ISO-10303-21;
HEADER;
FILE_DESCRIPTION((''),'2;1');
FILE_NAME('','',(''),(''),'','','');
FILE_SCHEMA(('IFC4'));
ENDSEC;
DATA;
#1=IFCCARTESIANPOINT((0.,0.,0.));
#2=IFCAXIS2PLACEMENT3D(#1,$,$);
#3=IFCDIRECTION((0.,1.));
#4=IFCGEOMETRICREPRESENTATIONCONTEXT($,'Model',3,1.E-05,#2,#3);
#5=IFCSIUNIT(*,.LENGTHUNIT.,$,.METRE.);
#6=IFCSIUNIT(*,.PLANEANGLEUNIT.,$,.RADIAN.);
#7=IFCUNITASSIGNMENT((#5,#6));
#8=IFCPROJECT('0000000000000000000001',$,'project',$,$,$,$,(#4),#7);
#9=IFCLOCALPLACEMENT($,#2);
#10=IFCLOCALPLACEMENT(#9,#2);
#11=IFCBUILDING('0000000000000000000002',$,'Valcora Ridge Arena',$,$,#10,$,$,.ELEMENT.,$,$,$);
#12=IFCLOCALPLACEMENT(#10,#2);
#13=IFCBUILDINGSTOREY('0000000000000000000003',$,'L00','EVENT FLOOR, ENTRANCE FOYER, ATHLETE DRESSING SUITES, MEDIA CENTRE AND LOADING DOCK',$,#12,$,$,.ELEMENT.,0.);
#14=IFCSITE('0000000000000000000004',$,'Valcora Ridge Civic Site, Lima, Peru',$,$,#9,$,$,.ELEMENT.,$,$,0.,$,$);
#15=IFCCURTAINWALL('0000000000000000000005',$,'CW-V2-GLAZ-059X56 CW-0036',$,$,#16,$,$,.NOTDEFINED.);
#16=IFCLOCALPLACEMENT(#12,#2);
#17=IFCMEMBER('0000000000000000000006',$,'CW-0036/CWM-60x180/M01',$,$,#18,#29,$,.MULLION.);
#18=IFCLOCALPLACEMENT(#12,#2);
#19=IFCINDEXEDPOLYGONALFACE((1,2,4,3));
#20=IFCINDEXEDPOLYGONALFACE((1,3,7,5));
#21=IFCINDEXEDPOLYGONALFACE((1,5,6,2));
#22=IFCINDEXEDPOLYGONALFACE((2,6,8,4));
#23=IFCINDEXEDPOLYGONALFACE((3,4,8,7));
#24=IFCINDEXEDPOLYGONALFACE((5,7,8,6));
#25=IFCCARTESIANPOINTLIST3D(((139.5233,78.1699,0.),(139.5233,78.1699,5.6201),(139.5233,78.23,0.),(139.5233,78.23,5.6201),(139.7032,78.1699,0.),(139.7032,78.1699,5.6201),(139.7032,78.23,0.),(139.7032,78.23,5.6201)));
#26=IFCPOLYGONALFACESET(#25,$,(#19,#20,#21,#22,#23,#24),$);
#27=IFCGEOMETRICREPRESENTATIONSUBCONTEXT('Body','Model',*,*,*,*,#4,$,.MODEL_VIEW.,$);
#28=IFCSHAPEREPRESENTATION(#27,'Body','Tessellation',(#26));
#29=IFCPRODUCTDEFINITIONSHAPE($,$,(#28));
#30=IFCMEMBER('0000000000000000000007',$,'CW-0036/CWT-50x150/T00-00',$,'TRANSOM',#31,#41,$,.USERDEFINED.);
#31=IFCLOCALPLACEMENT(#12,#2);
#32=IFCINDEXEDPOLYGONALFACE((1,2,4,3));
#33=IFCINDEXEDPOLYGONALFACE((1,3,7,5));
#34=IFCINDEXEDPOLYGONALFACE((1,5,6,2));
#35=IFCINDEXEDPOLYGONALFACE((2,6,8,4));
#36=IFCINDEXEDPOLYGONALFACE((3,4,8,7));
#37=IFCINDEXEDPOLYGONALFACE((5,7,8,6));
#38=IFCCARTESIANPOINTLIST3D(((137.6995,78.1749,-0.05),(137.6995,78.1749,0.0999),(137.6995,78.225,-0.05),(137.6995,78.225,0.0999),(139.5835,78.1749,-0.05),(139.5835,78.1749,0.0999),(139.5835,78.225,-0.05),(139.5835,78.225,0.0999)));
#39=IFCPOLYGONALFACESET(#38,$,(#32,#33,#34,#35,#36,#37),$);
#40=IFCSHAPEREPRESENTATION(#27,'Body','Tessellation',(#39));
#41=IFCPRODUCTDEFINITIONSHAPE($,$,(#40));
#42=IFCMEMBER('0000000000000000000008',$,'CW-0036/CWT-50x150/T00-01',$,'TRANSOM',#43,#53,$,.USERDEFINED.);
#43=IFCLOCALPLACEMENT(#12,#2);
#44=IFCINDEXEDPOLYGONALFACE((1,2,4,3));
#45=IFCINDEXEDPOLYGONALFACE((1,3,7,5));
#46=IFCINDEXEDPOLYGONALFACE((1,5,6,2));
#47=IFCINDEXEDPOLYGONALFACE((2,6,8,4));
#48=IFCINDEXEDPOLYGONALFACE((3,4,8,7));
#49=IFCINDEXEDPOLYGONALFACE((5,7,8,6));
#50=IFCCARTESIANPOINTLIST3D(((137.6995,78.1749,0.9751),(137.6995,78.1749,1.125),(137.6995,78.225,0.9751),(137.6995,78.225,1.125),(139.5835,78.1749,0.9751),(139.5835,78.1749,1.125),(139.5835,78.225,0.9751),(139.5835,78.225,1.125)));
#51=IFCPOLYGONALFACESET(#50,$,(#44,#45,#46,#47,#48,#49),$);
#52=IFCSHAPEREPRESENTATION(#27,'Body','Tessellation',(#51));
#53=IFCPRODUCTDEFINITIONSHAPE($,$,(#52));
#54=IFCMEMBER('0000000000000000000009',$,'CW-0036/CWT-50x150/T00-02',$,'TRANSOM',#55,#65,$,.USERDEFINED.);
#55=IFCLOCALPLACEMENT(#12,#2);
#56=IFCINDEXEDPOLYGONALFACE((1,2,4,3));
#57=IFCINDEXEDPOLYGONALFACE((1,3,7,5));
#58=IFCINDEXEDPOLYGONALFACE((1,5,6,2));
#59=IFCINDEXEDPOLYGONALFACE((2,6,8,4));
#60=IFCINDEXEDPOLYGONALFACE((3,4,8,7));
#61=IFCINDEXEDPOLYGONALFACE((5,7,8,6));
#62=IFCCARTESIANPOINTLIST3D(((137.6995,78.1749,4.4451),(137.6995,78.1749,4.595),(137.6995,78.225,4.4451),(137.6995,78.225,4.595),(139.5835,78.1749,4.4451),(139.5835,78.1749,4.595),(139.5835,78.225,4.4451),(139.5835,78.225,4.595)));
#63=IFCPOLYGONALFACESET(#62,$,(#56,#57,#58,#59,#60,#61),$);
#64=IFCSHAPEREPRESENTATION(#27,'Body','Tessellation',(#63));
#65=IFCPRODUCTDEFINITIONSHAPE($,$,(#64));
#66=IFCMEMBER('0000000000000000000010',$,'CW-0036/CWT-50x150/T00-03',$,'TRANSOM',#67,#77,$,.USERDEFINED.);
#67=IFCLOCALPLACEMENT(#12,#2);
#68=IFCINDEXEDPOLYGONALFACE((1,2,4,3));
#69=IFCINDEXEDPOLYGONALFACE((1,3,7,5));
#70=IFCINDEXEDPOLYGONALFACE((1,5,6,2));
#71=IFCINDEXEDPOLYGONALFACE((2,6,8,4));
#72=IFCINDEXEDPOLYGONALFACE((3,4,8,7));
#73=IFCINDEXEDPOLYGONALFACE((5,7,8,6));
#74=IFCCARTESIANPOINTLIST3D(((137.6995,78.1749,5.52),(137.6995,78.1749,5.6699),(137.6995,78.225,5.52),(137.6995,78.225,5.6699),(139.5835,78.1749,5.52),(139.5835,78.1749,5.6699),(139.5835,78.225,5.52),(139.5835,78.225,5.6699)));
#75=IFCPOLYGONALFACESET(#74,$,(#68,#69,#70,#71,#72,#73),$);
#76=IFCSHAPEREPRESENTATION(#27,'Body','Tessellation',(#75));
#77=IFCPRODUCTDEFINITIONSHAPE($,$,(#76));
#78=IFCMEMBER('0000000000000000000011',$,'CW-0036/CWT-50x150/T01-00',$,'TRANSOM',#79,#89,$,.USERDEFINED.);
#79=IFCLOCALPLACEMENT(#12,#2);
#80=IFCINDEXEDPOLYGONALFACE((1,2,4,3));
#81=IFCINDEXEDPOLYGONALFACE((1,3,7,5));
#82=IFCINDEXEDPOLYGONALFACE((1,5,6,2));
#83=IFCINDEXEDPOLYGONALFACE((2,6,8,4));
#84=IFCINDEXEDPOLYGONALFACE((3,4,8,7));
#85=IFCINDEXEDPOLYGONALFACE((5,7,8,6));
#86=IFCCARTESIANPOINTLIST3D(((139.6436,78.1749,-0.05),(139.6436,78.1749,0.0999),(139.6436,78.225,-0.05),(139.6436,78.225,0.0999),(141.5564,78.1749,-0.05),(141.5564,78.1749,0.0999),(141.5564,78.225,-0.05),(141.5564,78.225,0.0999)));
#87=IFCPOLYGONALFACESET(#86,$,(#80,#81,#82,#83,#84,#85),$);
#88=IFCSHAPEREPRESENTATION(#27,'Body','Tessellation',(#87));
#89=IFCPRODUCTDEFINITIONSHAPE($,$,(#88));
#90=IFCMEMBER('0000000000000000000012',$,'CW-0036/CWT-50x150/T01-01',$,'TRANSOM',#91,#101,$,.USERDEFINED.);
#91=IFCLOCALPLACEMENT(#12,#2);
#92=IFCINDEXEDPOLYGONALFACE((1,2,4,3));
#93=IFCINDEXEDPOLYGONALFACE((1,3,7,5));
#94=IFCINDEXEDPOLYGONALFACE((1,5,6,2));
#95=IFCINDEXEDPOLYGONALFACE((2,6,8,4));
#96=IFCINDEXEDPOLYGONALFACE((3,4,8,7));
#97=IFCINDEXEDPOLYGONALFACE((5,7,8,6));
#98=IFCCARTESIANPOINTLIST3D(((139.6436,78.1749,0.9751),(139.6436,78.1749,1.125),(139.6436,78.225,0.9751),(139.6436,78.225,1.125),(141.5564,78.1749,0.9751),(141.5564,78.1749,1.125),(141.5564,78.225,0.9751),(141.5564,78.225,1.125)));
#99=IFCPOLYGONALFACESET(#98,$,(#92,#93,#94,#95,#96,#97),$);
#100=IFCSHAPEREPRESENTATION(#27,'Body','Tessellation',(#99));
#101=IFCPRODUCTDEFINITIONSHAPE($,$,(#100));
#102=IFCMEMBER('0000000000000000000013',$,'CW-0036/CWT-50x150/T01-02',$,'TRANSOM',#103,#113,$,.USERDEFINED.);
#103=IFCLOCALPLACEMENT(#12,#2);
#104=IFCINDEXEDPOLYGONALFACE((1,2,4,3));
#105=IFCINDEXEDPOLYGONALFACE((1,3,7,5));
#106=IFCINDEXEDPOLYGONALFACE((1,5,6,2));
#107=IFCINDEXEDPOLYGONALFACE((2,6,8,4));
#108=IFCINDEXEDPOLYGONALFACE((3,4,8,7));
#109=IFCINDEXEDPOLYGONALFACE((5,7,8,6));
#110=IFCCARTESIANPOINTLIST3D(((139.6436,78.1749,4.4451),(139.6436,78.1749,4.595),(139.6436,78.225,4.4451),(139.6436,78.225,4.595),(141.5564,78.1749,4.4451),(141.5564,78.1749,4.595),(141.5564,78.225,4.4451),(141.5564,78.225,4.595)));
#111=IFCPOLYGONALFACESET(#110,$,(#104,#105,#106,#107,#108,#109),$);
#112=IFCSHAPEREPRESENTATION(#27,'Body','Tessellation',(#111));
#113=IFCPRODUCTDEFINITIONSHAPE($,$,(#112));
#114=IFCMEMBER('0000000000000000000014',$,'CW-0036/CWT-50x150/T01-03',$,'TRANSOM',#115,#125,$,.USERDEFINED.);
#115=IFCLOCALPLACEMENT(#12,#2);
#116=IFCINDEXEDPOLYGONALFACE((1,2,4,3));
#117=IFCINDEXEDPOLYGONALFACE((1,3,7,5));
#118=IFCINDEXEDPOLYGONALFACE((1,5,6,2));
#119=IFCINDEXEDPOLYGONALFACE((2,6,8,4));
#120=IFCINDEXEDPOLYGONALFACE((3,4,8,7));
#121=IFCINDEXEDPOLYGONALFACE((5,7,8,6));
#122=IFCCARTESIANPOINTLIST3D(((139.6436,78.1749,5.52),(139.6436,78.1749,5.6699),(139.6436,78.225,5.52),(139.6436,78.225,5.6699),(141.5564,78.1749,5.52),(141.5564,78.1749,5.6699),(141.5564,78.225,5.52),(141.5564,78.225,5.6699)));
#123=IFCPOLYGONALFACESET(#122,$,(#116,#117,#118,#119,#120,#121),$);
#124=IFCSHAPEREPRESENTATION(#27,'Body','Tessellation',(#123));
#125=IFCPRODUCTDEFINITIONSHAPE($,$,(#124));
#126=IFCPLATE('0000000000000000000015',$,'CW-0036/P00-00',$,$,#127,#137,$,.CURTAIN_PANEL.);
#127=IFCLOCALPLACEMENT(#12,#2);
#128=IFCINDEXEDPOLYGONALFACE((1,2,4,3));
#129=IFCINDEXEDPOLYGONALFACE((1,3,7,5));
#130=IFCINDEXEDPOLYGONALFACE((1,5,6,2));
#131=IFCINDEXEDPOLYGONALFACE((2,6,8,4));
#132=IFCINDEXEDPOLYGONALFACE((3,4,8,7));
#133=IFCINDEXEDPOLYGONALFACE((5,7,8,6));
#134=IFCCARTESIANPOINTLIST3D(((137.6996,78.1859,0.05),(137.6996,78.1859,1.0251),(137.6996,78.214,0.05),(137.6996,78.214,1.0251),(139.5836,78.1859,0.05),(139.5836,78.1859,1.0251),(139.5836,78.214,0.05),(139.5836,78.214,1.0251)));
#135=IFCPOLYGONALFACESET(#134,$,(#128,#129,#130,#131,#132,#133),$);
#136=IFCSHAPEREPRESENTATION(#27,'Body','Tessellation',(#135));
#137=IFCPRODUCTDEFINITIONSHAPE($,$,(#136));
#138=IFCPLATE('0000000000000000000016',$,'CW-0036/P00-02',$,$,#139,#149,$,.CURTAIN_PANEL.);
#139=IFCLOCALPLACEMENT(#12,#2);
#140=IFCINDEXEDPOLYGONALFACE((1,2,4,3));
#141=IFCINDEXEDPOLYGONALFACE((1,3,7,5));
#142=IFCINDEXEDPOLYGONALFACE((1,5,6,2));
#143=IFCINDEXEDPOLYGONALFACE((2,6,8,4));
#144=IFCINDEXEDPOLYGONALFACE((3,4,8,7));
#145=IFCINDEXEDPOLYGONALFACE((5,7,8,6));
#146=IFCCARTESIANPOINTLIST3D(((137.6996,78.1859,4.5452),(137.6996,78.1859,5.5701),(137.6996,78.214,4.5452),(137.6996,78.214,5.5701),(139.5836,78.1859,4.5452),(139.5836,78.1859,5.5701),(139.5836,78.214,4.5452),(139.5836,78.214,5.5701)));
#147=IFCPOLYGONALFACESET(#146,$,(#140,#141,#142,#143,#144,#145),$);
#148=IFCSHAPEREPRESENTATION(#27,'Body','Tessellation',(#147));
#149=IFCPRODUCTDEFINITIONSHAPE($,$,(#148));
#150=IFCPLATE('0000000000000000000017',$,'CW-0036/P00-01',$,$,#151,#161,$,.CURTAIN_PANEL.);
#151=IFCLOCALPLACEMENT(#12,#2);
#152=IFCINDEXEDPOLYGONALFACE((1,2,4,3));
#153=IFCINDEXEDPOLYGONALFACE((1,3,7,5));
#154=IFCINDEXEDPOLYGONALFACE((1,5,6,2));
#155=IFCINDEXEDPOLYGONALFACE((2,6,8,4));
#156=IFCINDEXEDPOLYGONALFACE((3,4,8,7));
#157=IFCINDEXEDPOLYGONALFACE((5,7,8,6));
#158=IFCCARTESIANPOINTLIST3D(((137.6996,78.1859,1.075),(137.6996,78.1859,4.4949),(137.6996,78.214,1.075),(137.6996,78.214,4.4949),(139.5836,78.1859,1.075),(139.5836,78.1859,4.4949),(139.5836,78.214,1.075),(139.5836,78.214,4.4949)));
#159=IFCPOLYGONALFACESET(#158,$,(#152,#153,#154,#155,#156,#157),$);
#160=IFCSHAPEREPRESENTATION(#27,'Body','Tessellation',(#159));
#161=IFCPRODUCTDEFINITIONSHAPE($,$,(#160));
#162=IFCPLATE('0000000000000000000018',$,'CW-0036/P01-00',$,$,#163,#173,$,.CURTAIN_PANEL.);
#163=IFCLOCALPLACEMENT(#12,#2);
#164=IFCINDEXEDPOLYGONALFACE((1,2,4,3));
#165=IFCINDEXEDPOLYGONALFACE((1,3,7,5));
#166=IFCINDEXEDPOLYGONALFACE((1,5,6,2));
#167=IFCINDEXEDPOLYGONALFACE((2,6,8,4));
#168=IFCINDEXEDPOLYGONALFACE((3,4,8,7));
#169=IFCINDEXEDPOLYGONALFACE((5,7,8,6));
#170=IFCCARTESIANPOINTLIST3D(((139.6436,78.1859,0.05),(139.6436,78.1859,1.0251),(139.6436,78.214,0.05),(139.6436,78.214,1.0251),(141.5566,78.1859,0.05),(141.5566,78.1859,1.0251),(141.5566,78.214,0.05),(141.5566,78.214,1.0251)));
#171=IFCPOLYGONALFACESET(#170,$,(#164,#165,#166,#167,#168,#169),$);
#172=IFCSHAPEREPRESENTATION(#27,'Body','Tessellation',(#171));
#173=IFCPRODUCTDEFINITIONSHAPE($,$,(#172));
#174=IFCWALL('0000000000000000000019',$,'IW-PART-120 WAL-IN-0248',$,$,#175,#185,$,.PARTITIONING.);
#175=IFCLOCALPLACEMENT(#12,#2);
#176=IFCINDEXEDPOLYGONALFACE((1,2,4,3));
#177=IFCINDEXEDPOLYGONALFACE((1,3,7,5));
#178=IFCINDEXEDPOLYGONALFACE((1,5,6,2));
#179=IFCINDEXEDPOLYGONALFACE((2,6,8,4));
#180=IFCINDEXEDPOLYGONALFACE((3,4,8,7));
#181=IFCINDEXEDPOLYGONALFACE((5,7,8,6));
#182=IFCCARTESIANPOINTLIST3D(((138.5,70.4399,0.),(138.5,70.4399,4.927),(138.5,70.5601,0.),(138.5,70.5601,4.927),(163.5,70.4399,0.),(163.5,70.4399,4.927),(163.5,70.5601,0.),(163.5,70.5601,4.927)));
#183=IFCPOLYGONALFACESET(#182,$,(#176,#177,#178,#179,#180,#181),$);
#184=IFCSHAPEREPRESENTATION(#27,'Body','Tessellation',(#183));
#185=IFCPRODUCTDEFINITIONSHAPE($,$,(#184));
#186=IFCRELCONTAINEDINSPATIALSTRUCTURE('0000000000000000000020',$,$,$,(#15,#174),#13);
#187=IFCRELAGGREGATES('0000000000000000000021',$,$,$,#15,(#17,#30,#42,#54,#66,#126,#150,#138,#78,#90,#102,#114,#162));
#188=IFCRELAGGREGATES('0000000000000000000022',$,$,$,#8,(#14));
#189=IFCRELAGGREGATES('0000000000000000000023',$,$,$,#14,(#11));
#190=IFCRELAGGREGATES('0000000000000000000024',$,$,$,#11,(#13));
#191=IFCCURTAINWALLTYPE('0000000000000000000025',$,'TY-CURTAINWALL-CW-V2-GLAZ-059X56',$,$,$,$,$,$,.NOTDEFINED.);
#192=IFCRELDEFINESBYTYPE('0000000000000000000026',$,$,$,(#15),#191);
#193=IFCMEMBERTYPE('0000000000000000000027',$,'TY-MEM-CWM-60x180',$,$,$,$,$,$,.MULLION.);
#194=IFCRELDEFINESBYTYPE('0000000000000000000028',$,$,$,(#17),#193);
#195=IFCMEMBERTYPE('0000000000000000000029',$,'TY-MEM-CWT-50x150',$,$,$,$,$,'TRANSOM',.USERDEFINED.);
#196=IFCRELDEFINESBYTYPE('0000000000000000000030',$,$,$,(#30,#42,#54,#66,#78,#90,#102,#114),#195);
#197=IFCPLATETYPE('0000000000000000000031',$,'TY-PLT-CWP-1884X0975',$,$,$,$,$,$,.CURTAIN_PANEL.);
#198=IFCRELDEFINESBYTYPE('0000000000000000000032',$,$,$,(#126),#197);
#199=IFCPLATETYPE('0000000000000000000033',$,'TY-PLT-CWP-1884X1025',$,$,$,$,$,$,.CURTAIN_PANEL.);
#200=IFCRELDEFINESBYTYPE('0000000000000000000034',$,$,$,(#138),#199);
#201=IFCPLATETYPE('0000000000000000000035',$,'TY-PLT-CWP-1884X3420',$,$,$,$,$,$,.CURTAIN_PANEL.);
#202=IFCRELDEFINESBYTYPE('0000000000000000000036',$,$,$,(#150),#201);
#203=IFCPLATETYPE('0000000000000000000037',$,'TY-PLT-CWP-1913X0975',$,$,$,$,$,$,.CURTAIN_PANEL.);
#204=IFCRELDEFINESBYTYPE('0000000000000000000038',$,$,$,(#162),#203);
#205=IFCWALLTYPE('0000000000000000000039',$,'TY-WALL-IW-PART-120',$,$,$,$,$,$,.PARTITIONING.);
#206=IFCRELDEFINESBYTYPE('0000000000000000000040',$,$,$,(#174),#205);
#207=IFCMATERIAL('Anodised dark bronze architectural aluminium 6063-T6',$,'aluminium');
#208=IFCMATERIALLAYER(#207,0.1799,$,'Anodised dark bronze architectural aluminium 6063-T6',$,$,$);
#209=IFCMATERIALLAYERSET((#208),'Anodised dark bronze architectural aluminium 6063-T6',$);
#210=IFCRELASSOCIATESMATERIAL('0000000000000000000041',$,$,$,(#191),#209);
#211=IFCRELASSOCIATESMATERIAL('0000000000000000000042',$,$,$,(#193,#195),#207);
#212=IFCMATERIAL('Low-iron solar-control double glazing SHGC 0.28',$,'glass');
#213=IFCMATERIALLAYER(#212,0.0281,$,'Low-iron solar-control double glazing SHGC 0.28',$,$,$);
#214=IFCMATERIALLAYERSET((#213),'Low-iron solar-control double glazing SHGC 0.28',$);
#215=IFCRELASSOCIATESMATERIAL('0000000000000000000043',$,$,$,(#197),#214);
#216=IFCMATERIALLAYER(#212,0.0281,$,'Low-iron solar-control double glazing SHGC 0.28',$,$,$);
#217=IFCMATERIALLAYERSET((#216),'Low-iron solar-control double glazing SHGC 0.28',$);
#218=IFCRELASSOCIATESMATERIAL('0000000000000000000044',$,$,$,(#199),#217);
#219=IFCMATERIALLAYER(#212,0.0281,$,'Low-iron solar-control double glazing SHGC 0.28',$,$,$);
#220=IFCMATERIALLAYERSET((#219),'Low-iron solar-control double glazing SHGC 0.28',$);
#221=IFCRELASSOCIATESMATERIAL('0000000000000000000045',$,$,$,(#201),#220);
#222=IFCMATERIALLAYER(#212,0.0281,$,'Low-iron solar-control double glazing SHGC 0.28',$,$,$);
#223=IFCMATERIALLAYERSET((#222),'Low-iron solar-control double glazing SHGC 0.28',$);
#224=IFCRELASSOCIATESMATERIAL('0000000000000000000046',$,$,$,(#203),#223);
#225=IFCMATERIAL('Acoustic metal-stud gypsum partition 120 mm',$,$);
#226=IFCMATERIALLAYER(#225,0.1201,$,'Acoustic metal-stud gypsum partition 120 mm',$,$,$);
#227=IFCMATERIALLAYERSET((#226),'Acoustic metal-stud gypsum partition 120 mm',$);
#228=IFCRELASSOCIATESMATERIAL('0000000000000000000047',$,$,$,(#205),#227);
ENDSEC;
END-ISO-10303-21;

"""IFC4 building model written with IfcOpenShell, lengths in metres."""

from ifc_helpers import new_model, si_unit, direction, frame, frame_2d, origin, origin_2d, place, context, subcontext, project, spatial, rectangle, extrude, material, layer, layer_set, material_profile, profile_set, type_object, element, aggregate, save


model = new_model("IFC4")

# Units and contexts
model_context = context("Model", 3, precision=1e-05, world=origin(), true_north=direction((0.0, 1.0)))
body_context = subcontext(model_context, "Body", "Model", "MODEL_VIEW")
ifc_project = project(units=[si_unit("LENGTHUNIT", "METRE"), si_unit("PLANEANGLEUNIT", "RADIAN")], contexts=[model_context])

# Site, building, storey
site_placement = place(None, origin())
site = spatial("IfcSite", under=ifc_project, at=site_placement, Name="Valcora Ridge Civic Site, Lima, Peru", CompositionType="ELEMENT", RefElevation=0.0)
building_placement = place(site_placement, origin())
building = spatial("IfcBuilding", under=site, at=building_placement, Name="Valcora Ridge Arena", CompositionType="ELEMENT")
storey_placement = place(building_placement, origin())
storey = spatial("IfcBuildingStorey", under=building, at=storey_placement, Name="L00", Description="EVENT FLOOR, ENTRANCE FOYER, ATHLETE DRESSING SUITES, MEDIA CENTRE AND LOADING DOCK", CompositionType="ELEMENT", Elevation=0.0)

# Curtain wall, members, plates
ifc_material_1 = material(Name="Anodised dark bronze architectural aluminium 6063-T6", Category="aluminium")
ifc_layer_1 = layer(ifc_material_1, 0.1799, Name="Anodised dark bronze architectural aluminium 6063-T6")
ifc_layer_set_1 = layer_set([ifc_layer_1], Name="Anodised dark bronze architectural aluminium 6063-T6")
curtain_wall_type = type_object("IfcCurtainWallType", Name="TY-CURTAINWALL-CW-V2-GLAZ-059X56", PredefinedType="NOTDEFINED", material=ifc_layer_set_1)
curtain_wall_placement = place(storey_placement, origin())
curtain_wall = element("IfcCurtainWall", 1, at=curtain_wall_placement, inside=storey, type_object=curtain_wall_type, Name="CW-V2-GLAZ-059X56 CW-0036", PredefinedType="NOTDEFINED")
ifc_material_profile_1 = material_profile(ifc_material_1, rectangle(XDim=0.0601, YDim=0.1799, at=origin_2d()), Name="ALU MULLION 60x180")
ifc_profile_set_1 = profile_set([ifc_material_profile_1], Name="Anodised dark bronze architectural aluminium 6063-T6")
member_type_1 = type_object("IfcMemberType", Name="TY-MEM-CWM-60x180", PredefinedType="MULLION", material=ifc_profile_set_1)
member_1_placement = place(storey_placement, frame((139.6133, 78.2, 0.0), z_axis=(0.0, 0.0, 1.0), x_axis=(0.0, 1.0, 0.0)))
member_1 = element("IfcMember", 2, at=member_1_placement, type_object=member_type_1, Name="CW-0036/CWM-60x180/M01", PredefinedType="MULLION", context=body_context, shape_type="SweptSolid", body=[
    extrude(rectangle(XDim=0.0601, YDim=0.1799, at=origin_2d()), origin(), (0.0, 0.0, 1.0), 5.6201),
])
ifc_material_profile_2 = material_profile(ifc_material_1, rectangle(XDim=0.05, YDim=0.1499, at=origin_2d()), Name="ALU TRANSOM 50x150")
ifc_profile_set_2 = profile_set([ifc_material_profile_2], Name="Anodised dark bronze architectural aluminium 6063-T6")
member_type_2 = type_object("IfcMemberType", Name="TY-MEM-CWT-50x150", ElementType="TRANSOM", PredefinedType="USERDEFINED", material=ifc_profile_set_2)
member_2_placement = place(storey_placement, frame((137.6995, 78.2, 0.0249), z_axis=(1.0, 0.0, 0.0), x_axis=(0.0, 1.0, 0.0)))
member_2 = element("IfcMember", 3, at=member_2_placement, type_object=member_type_2, Name="CW-0036/CWT-50x150/T00-00", ObjectType="TRANSOM", PredefinedType="USERDEFINED", context=body_context, shape_type="SweptSolid", body=[
    extrude(rectangle(XDim=0.05, YDim=0.1499, at=origin_2d()), origin(), (0.0, 0.0, 1.0), 1.884),
])
member_3_placement = place(storey_placement, frame((137.6995, 78.2, 1.05), z_axis=(1.0, 0.0, 0.0), x_axis=(0.0, 1.0, 0.0)))
member_3 = element("IfcMember", 4, at=member_3_placement, type_object=member_type_2, Name="CW-0036/CWT-50x150/T00-01", ObjectType="TRANSOM", PredefinedType="USERDEFINED", context=body_context, shape_type="SweptSolid", body=[
    extrude(rectangle(XDim=0.05, YDim=0.1499, at=origin_2d()), origin(), (0.0, 0.0, 1.0), 1.884),
])
member_4_placement = place(storey_placement, frame((137.6995, 78.2, 4.52), z_axis=(1.0, 0.0, 0.0), x_axis=(0.0, 1.0, 0.0)))
member_4 = element("IfcMember", 5, at=member_4_placement, type_object=member_type_2, Name="CW-0036/CWT-50x150/T00-02", ObjectType="TRANSOM", PredefinedType="USERDEFINED", context=body_context, shape_type="SweptSolid", body=[
    extrude(rectangle(XDim=0.05, YDim=0.1499, at=origin_2d()), origin(), (0.0, 0.0, 1.0), 1.884),
])
member_5_placement = place(storey_placement, frame((137.6995, 78.2, 5.595), z_axis=(1.0, 0.0, 0.0), x_axis=(0.0, 1.0, 0.0)))
member_5 = element("IfcMember", 6, at=member_5_placement, type_object=member_type_2, Name="CW-0036/CWT-50x150/T00-03", ObjectType="TRANSOM", PredefinedType="USERDEFINED", context=body_context, shape_type="SweptSolid", body=[
    extrude(rectangle(XDim=0.05, YDim=0.1499, at=origin_2d()), origin(), (0.0, 0.0, 1.0), 1.884),
])
member_6_placement = place(storey_placement, frame((139.6436, 78.2, 0.0249), z_axis=(1.0, 0.0, 0.0), x_axis=(0.0, 1.0, 0.0)))
member_6 = element("IfcMember", 7, at=member_6_placement, type_object=member_type_2, Name="CW-0036/CWT-50x150/T01-00", ObjectType="TRANSOM", PredefinedType="USERDEFINED", context=body_context, shape_type="SweptSolid", body=[
    extrude(rectangle(XDim=0.05, YDim=0.1499, at=origin_2d()), origin(), (0.0, 0.0, 1.0), 1.9128),
])
member_7_placement = place(storey_placement, frame((139.6436, 78.2, 1.05), z_axis=(1.0, 0.0, 0.0), x_axis=(0.0, 1.0, 0.0)))
member_7 = element("IfcMember", 8, at=member_7_placement, type_object=member_type_2, Name="CW-0036/CWT-50x150/T01-01", ObjectType="TRANSOM", PredefinedType="USERDEFINED", context=body_context, shape_type="SweptSolid", body=[
    extrude(rectangle(XDim=0.05, YDim=0.1499, at=origin_2d()), origin(), (0.0, 0.0, 1.0), 1.9128),
])
member_8_placement = place(storey_placement, frame((139.6436, 78.2, 4.52), z_axis=(1.0, 0.0, 0.0), x_axis=(0.0, 1.0, 0.0)))
member_8 = element("IfcMember", 9, at=member_8_placement, type_object=member_type_2, Name="CW-0036/CWT-50x150/T01-02", ObjectType="TRANSOM", PredefinedType="USERDEFINED", context=body_context, shape_type="SweptSolid", body=[
    extrude(rectangle(XDim=0.05, YDim=0.1499, at=origin_2d()), origin(), (0.0, 0.0, 1.0), 1.9128),
])
member_9_placement = place(storey_placement, frame((139.6436, 78.2, 5.595), z_axis=(1.0, 0.0, 0.0), x_axis=(0.0, 1.0, 0.0)))
member_9 = element("IfcMember", 10, at=member_9_placement, type_object=member_type_2, Name="CW-0036/CWT-50x150/T01-03", ObjectType="TRANSOM", PredefinedType="USERDEFINED", context=body_context, shape_type="SweptSolid", body=[
    extrude(rectangle(XDim=0.05, YDim=0.1499, at=origin_2d()), origin(), (0.0, 0.0, 1.0), 1.9128),
])
ifc_material_2 = material(Name="Low-iron solar-control double glazing SHGC 0.28", Category="glass")
ifc_layer_2 = layer(ifc_material_2, 0.0281, Name="Low-iron solar-control double glazing SHGC 0.28")
ifc_layer_set_2 = layer_set([ifc_layer_2], Name="Low-iron solar-control double glazing SHGC 0.28")
plate_type_1 = type_object("IfcPlateType", Name="TY-PLT-CWP-1884X0975", PredefinedType="CURTAIN_PANEL", material=ifc_layer_set_2)
plate_1_placement = place(storey_placement, frame((138.6416, 78.2, 0.05), z_axis=(0.0, 0.0, 1.0), x_axis=(1.0, 0.0, 0.0)))
plate_1 = element("IfcPlate", 11, at=plate_1_placement, type_object=plate_type_1, Name="CW-0036/P00-00", PredefinedType="CURTAIN_PANEL", context=body_context, shape_type="SweptSolid", body=[
    extrude(rectangle(XDim=1.884, YDim=0.0281, at=origin_2d()), origin(), (0.0, 0.0, 1.0), 0.9751),
])
ifc_layer_3 = layer(ifc_material_2, 0.0281, Name="Low-iron solar-control double glazing SHGC 0.28")
ifc_layer_set_3 = layer_set([ifc_layer_3], Name="Low-iron solar-control double glazing SHGC 0.28")
plate_type_2 = type_object("IfcPlateType", Name="TY-PLT-CWP-1884X1025", PredefinedType="CURTAIN_PANEL", material=ifc_layer_set_3)
plate_2_placement = place(storey_placement, frame((138.6416, 78.2, 4.5452), z_axis=(0.0, 0.0, 1.0), x_axis=(1.0, 0.0, 0.0)))
plate_2 = element("IfcPlate", 12, at=plate_2_placement, type_object=plate_type_2, Name="CW-0036/P00-02", PredefinedType="CURTAIN_PANEL", context=body_context, shape_type="SweptSolid", body=[
    extrude(rectangle(XDim=1.884, YDim=0.0281, at=origin_2d()), origin(), (0.0, 0.0, 1.0), 1.0249),
])
ifc_layer_4 = layer(ifc_material_2, 0.0281, Name="Low-iron solar-control double glazing SHGC 0.28")
ifc_layer_set_4 = layer_set([ifc_layer_4], Name="Low-iron solar-control double glazing SHGC 0.28")
plate_type_3 = type_object("IfcPlateType", Name="TY-PLT-CWP-1884X3420", PredefinedType="CURTAIN_PANEL", material=ifc_layer_set_4)
plate_3_placement = place(storey_placement, frame((138.6416, 78.2, 1.075), z_axis=(0.0, 0.0, 1.0), x_axis=(1.0, 0.0, 0.0)))
plate_3 = element("IfcPlate", 13, at=plate_3_placement, type_object=plate_type_3, Name="CW-0036/P00-01", PredefinedType="CURTAIN_PANEL", context=body_context, shape_type="SweptSolid", body=[
    extrude(rectangle(XDim=1.884, YDim=0.0281, at=origin_2d()), origin(), (0.0, 0.0, 1.0), 3.4199),
])
ifc_layer_5 = layer(ifc_material_2, 0.0281, Name="Low-iron solar-control double glazing SHGC 0.28")
ifc_layer_set_5 = layer_set([ifc_layer_5], Name="Low-iron solar-control double glazing SHGC 0.28")
plate_type_4 = type_object("IfcPlateType", Name="TY-PLT-CWP-1913X0975", PredefinedType="CURTAIN_PANEL", material=ifc_layer_set_5)
plate_4_placement = place(storey_placement, frame((140.6001, 78.2, 0.05), z_axis=(0.0, 0.0, 1.0), x_axis=(1.0, 0.0, 0.0)))
plate_4 = element("IfcPlate", 14, at=plate_4_placement, type_object=plate_type_4, Name="CW-0036/P01-00", PredefinedType="CURTAIN_PANEL", context=body_context, shape_type="SweptSolid", body=[
    extrude(rectangle(XDim=1.9131, YDim=0.0281, at=origin_2d()), origin(), (0.0, 0.0, 1.0), 0.9751),
])
aggregate(curtain_wall, [member_1, member_2, member_3, member_4, member_5, plate_1, plate_3, plate_2, member_6, member_7, member_8, member_9, plate_4])

# Wall
ifc_material_3 = material(Name="Acoustic metal-stud gypsum partition 120 mm")
ifc_layer_6 = layer(ifc_material_3, 0.1201, Name="Acoustic metal-stud gypsum partition 120 mm")
ifc_layer_set_6 = layer_set([ifc_layer_6], Name="Acoustic metal-stud gypsum partition 120 mm")
wall_type = type_object("IfcWallType", Name="TY-WALL-IW-PART-120", PredefinedType="PARTITIONING", material=ifc_layer_set_6)
wall_placement = place(storey_placement, frame((138.5, 70.5, 0.0), z_axis=(0.0, 0.0, 1.0), x_axis=(1.0, 0.0, 0.0)))
element("IfcWall", 15, at=wall_placement, inside=storey, type_object=wall_type, Name="IW-PART-120 WAL-IN-0248", PredefinedType="PARTITIONING", context=body_context, shape_type="SweptSolid", body=[
    extrude(rectangle(XDim=25.0, YDim=0.1201, at=frame_2d((12.5, 0.0))), origin(), (0.0, 0.0, 1.0), 4.927),
])

save(model, "model.ifc")
